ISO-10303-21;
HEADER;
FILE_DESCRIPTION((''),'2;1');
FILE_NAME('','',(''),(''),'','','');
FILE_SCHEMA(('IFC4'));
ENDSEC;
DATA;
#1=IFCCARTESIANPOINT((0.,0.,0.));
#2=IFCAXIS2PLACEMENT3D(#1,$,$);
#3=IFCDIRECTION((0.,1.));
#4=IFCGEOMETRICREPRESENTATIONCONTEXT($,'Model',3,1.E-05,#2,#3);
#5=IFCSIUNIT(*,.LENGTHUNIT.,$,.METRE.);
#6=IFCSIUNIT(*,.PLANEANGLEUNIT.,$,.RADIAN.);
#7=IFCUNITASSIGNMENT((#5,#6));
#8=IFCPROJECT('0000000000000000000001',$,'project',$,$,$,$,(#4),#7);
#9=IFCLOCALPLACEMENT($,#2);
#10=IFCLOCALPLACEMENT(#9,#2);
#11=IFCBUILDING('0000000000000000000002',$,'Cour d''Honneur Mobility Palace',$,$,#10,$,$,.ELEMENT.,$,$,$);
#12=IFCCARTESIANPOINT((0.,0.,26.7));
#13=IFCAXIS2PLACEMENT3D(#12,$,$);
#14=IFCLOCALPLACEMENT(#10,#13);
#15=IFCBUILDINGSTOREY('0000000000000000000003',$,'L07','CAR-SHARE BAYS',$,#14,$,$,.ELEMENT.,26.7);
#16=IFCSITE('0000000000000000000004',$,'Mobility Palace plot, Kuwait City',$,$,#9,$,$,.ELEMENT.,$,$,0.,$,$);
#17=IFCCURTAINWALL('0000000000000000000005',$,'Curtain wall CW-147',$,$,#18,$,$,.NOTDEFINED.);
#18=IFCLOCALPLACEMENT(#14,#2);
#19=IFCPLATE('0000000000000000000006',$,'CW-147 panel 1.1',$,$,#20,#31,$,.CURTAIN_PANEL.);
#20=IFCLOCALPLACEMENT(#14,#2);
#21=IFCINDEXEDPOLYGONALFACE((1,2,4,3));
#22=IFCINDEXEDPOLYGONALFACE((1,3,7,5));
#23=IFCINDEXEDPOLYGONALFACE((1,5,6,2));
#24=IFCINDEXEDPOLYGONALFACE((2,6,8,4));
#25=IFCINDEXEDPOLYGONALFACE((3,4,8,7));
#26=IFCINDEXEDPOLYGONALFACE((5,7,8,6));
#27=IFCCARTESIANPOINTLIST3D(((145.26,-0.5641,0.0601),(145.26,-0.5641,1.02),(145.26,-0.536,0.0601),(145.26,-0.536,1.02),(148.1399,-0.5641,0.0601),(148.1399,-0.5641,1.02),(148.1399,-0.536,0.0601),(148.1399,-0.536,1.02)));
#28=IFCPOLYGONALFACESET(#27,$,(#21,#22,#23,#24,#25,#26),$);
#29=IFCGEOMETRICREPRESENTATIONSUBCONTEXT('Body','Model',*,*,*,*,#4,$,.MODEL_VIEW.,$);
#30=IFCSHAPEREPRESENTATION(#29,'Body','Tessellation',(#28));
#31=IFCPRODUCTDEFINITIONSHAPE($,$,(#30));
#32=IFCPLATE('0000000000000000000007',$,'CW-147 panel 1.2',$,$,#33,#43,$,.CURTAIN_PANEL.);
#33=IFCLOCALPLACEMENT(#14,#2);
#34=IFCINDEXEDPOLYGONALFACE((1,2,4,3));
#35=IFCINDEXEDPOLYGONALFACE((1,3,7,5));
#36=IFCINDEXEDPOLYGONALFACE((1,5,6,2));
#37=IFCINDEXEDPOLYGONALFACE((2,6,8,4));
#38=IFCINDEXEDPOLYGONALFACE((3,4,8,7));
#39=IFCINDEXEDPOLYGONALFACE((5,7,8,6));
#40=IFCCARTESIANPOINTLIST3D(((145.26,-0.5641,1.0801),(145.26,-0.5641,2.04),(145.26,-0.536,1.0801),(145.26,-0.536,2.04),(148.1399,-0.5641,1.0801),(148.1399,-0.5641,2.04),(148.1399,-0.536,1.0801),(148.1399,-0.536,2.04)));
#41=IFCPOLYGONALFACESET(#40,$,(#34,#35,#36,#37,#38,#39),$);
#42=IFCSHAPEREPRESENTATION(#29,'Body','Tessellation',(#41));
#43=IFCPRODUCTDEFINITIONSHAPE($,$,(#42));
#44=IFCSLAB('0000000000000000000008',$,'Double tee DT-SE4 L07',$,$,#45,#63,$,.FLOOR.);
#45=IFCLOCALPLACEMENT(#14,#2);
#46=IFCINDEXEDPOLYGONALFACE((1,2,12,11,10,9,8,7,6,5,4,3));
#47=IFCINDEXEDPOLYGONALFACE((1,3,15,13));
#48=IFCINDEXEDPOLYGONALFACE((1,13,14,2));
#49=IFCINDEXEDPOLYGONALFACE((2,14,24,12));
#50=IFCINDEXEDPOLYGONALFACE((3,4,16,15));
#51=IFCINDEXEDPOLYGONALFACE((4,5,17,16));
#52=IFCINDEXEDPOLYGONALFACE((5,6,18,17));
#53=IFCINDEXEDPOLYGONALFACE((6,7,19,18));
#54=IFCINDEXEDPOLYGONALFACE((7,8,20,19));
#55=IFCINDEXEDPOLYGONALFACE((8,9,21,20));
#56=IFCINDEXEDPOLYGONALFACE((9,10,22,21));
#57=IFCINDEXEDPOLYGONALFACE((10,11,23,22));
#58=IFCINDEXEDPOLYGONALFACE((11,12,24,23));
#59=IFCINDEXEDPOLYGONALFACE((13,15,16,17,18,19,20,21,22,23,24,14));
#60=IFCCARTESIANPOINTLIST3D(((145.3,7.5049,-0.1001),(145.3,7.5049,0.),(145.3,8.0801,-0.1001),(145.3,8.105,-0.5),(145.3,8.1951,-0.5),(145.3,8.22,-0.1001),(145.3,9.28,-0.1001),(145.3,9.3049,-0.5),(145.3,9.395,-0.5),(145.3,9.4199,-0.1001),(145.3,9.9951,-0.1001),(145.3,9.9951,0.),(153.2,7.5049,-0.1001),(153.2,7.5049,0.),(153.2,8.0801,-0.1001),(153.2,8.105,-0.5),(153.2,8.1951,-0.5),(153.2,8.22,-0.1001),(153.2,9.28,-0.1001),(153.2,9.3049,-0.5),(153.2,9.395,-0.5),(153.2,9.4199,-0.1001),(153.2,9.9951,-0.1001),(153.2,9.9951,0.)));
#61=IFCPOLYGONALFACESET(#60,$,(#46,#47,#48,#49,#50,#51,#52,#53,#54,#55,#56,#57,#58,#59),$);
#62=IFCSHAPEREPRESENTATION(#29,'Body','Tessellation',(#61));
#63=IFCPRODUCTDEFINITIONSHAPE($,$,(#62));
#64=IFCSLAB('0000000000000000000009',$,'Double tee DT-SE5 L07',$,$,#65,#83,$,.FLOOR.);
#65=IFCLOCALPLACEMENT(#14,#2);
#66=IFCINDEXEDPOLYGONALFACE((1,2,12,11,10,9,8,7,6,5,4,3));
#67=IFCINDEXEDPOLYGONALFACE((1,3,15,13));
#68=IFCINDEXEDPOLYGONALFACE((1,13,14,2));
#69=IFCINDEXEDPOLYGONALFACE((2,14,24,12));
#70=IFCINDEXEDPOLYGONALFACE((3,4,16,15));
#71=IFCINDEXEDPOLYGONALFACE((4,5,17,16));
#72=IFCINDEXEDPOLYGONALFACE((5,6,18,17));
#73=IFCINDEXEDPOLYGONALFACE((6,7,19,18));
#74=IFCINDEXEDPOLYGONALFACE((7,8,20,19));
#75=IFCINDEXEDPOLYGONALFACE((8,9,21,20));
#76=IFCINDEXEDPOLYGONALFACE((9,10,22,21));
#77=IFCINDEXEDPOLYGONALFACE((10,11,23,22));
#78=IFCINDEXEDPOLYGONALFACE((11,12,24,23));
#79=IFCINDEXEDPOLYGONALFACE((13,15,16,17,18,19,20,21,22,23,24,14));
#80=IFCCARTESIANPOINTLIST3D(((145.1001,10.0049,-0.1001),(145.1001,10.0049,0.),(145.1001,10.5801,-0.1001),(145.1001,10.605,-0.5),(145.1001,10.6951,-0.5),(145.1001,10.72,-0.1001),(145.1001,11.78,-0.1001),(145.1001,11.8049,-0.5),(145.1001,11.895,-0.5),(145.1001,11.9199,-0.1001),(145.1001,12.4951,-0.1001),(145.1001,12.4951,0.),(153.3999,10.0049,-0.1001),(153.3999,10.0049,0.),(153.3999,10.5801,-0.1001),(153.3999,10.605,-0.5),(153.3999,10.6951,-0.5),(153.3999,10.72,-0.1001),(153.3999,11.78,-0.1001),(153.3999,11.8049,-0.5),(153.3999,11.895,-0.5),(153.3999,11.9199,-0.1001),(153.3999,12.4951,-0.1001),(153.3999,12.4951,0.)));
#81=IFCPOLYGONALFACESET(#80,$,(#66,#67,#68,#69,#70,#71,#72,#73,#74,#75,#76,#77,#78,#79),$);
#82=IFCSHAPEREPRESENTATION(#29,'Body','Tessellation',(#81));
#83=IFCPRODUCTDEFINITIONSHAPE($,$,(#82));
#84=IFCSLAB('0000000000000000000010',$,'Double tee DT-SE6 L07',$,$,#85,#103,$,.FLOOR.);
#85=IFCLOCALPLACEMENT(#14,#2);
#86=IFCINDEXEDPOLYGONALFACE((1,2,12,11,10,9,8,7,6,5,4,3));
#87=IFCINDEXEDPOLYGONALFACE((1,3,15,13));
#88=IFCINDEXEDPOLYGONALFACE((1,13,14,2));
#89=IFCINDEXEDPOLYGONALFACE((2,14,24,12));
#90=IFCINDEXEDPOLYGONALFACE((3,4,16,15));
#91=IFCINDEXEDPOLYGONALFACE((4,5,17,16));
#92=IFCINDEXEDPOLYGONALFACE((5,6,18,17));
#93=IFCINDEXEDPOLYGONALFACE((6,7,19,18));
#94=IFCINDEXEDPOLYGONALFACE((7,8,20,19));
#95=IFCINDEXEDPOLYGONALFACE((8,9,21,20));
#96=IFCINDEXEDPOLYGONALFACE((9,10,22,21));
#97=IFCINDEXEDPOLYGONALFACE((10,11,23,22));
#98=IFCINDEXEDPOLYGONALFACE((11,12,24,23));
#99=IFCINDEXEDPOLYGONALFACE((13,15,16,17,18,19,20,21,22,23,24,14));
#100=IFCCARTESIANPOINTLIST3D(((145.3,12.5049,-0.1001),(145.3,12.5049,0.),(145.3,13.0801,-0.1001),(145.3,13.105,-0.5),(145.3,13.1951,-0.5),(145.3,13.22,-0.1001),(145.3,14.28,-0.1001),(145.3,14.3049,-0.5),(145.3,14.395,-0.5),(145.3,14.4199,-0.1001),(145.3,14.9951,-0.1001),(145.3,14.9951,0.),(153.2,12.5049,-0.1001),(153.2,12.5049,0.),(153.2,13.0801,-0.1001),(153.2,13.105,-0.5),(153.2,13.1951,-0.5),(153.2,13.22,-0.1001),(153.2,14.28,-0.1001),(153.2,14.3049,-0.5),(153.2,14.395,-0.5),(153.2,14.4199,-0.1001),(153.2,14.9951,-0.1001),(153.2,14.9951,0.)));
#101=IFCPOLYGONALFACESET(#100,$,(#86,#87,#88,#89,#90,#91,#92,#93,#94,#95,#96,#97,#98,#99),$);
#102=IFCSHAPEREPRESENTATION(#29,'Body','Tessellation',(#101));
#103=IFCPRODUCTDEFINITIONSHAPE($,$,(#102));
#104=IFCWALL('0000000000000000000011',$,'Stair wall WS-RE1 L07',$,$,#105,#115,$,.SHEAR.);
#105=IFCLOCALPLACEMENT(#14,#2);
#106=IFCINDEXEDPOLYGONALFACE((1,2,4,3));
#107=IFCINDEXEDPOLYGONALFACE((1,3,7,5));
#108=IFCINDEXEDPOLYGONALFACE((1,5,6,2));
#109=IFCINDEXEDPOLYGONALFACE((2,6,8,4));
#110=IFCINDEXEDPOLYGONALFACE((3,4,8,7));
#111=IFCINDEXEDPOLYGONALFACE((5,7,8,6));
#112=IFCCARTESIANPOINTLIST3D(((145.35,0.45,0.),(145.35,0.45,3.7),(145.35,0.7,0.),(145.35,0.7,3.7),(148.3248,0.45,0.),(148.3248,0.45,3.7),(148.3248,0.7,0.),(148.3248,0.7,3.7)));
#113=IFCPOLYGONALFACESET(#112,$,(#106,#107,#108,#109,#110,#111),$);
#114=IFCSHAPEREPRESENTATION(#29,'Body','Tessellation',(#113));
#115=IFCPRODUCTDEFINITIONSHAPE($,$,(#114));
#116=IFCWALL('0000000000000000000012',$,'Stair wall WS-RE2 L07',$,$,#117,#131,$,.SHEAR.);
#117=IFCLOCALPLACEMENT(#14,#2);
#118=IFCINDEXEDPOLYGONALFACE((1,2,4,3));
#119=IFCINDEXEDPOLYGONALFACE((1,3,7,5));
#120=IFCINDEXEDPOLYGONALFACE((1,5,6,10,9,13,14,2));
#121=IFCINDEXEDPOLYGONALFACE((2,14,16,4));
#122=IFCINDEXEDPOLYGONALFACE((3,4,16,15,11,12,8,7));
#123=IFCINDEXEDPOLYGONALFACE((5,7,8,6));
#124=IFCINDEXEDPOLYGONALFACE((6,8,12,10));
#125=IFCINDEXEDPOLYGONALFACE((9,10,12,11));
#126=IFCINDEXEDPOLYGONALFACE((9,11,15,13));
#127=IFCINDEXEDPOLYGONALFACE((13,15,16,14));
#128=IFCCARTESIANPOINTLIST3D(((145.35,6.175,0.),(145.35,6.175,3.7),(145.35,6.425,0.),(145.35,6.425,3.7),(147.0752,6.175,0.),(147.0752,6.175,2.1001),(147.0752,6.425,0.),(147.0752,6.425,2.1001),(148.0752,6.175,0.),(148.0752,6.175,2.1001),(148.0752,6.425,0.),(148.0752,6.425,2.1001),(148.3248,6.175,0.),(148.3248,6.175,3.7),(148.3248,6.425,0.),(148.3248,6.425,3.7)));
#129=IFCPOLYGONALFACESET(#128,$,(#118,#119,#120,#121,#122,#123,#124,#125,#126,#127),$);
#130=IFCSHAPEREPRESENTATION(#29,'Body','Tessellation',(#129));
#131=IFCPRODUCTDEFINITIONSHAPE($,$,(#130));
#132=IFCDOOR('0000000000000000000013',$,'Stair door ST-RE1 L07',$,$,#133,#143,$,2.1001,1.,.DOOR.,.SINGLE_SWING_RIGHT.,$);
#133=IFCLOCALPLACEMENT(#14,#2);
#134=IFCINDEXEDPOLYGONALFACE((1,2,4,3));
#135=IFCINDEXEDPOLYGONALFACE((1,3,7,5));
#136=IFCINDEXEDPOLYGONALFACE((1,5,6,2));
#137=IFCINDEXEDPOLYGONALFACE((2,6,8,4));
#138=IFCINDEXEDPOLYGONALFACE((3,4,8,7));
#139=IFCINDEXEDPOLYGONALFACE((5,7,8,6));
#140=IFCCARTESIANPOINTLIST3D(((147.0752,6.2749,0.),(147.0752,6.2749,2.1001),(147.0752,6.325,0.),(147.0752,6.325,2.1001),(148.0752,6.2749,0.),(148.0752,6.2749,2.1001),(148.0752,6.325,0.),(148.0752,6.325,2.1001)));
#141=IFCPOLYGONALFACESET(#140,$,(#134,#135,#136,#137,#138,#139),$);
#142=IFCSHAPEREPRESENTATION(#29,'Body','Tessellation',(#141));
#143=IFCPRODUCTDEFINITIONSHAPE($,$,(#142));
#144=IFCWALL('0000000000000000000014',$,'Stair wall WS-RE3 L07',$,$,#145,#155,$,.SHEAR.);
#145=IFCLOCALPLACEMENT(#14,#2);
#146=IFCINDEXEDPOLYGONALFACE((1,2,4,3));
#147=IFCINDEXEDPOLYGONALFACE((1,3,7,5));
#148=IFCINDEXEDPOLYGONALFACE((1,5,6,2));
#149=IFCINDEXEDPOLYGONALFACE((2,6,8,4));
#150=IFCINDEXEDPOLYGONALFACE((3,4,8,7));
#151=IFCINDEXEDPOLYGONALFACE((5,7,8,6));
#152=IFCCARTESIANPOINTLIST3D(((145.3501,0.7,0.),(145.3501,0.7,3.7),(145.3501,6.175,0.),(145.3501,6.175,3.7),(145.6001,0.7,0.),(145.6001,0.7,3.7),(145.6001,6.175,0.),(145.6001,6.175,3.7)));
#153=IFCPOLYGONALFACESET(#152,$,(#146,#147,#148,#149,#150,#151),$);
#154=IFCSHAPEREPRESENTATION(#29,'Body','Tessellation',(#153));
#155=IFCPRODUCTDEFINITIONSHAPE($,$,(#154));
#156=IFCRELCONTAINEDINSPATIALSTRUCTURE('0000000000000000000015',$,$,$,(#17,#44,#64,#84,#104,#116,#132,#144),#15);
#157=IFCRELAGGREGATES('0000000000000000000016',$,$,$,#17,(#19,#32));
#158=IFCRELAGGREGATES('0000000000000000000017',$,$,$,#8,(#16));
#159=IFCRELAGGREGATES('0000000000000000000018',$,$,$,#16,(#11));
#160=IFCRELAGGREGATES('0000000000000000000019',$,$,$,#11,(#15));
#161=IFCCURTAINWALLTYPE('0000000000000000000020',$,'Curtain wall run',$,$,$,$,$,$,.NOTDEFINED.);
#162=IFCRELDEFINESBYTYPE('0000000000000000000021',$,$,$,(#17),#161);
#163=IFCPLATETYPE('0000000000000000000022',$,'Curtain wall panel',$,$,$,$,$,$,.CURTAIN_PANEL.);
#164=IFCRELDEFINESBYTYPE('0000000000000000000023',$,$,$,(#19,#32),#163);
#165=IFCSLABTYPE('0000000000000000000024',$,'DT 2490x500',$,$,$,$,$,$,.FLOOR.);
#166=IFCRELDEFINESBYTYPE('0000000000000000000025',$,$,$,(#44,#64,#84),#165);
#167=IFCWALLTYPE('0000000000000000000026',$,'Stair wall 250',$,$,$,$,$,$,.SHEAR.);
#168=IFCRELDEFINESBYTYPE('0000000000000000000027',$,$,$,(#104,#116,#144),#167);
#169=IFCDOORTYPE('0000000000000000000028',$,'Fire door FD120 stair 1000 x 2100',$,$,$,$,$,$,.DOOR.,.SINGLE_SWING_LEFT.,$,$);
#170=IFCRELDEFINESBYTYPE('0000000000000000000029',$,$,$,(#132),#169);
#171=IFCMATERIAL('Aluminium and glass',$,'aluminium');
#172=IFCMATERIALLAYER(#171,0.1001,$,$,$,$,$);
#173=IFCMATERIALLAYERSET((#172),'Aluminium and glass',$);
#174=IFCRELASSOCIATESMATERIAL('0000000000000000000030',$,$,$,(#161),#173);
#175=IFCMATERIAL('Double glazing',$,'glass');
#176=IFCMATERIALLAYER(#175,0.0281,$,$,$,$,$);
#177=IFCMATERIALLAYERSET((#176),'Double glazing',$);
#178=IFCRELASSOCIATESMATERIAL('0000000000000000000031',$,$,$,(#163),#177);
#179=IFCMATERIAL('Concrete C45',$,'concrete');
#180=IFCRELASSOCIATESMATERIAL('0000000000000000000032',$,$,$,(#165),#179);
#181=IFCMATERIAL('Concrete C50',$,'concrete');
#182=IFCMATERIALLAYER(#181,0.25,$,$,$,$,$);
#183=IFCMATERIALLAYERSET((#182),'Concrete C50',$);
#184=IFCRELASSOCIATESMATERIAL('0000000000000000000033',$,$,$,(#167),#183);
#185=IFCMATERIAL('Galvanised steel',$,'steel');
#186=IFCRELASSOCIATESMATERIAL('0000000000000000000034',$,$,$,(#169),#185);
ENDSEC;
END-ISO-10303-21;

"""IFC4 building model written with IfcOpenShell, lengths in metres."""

from ifc_helpers import new_model, si_unit, direction, frame, frame_2d, origin, origin_2d, place, context, subcontext, project, spatial, polyline, rectangle, outline, extrude, material, layer, layer_set, material_profile, profile_set, type_object, element, fill, aggregate, save


model = new_model("IFC4")

# Units and contexts
model_context = context("Model", 3, precision=1e-05, world=origin(), true_north=direction((0.0, 1.0)))
body_context = subcontext(model_context, "Body", "Model", "MODEL_VIEW")
ifc_project = project(units=[si_unit("LENGTHUNIT", "METRE"), si_unit("PLANEANGLEUNIT", "RADIAN")], contexts=[model_context])

# Site, building, storey
site_placement = place(None, origin())
site = spatial("IfcSite", under=ifc_project, at=site_placement, Name="Mobility Palace plot, Kuwait City", CompositionType="ELEMENT", RefElevation=0.0)
building_placement = place(site_placement, origin())
building = spatial("IfcBuilding", under=site, at=building_placement, Name="Cour d'Honneur Mobility Palace", CompositionType="ELEMENT")
storey_placement = place(building_placement, frame((0.0, 0.0, 26.7)))
storey = spatial("IfcBuildingStorey", under=building, at=storey_placement, Name="L07", Description="CAR-SHARE BAYS", CompositionType="ELEMENT", Elevation=26.7)

# Curtain wall
ifc_material_1 = material(Name="Aluminium and glass", Category="aluminium")
ifc_layer_1 = layer(ifc_material_1, 0.1001)
ifc_layer_set_1 = layer_set([ifc_layer_1], Name="Aluminium and glass")
curtain_wall_type = type_object("IfcCurtainWallType", Name="Curtain wall run", PredefinedType="NOTDEFINED", material=ifc_layer_set_1)
curtain_wall_placement = place(storey_placement, origin())
curtain_wall = element("IfcCurtainWall", 1, at=curtain_wall_placement, inside=storey, type_object=curtain_wall_type, Name="Curtain wall CW-147", PredefinedType="NOTDEFINED")

# Plates
ifc_material_2 = material(Name="Double glazing", Category="glass")
ifc_layer_2 = layer(ifc_material_2, 0.0281)
ifc_layer_set_2 = layer_set([ifc_layer_2], Name="Double glazing")
plate_type = type_object("IfcPlateType", Name="Curtain wall panel", PredefinedType="CURTAIN_PANEL", material=ifc_layer_set_2)
plate_1_placement = place(storey_placement, frame((146.7, -0.55, 0.0601), z_axis=(0.0, 0.0, 1.0), x_axis=(1.0, 0.0, 0.0)))
plate_1 = element("IfcPlate", 2, at=plate_1_placement, type_object=plate_type, Name="CW-147 panel 1.1", PredefinedType="CURTAIN_PANEL", context=body_context, shape_type="SweptSolid", body=[
    extrude(rectangle(XDim=2.8799, YDim=0.0281, at=origin_2d()), origin(), (0.0, 0.0, 1.0), 0.96),
])
plate_2_placement = place(storey_placement, frame((146.7, -0.55, 1.0801), z_axis=(0.0, 0.0, 1.0), x_axis=(1.0, 0.0, 0.0)))
plate_2 = element("IfcPlate", 3, at=plate_2_placement, type_object=plate_type, Name="CW-147 panel 1.2", PredefinedType="CURTAIN_PANEL", context=body_context, shape_type="SweptSolid", body=[
    extrude(rectangle(XDim=2.8799, YDim=0.0281, at=origin_2d()), origin(), (0.0, 0.0, 1.0), 0.96),
])
aggregate(curtain_wall, [plate_1, plate_2])

# Slabs
ifc_material_3 = material(Name="Concrete C45", Category="concrete")
ifc_material_profile_1 = material_profile(ifc_material_3, outline(polyline([(-1.2451, 0.0), (1.2451, 0.0), (1.2451, -0.1001), (0.6699, -0.1001), (0.645, -0.5), (0.5549, -0.5), (0.53, -0.1001), (-0.53, -0.1001), (-0.5549, -0.5), (-0.645, -0.5), (-0.6699, -0.1001), (-1.2451, -0.1001), (-1.2451, 0.0)])), Name="DT 2490x500")
ifc_profile_set_1 = profile_set([ifc_material_profile_1], Name="Concrete C45")
slab_type = type_object("IfcSlabType", Name="DT 2490x500", PredefinedType="FLOOR", material=ifc_profile_set_1)
slab_1_placement = place(storey_placement, frame((145.3, 8.75, 0.0), z_axis=(1.0, 0.0, 0.0), x_axis=(0.0, 1.0, 0.0)))
element("IfcSlab", 4, at=slab_1_placement, inside=storey, type_object=slab_type, Name="Double tee DT-SE4 L07", PredefinedType="FLOOR", context=body_context, shape_type="SweptSolid", body=[
    extrude(outline(polyline([(-1.2451, 0.0), (1.2451, 0.0), (1.2451, -0.1001), (0.6699, -0.1001), (0.645, -0.5), (0.5549, -0.5), (0.53, -0.1001), (-0.53, -0.1001), (-0.5549, -0.5), (-0.645, -0.5), (-0.6699, -0.1001), (-1.2451, -0.1001), (-1.2451, 0.0)])), origin(), (0.0, 0.0, 1.0), 7.8999),
])
slab_2_placement = place(storey_placement, frame((145.1001, 11.25, 0.0), z_axis=(1.0, 0.0, 0.0), x_axis=(0.0, 1.0, 0.0)))
element("IfcSlab", 5, at=slab_2_placement, inside=storey, type_object=slab_type, Name="Double tee DT-SE5 L07", PredefinedType="FLOOR", context=body_context, shape_type="SweptSolid", body=[
    extrude(outline(polyline([(-1.2451, 0.0), (1.2451, 0.0), (1.2451, -0.1001), (0.6699, -0.1001), (0.645, -0.5), (0.5549, -0.5), (0.53, -0.1001), (-0.53, -0.1001), (-0.5549, -0.5), (-0.645, -0.5), (-0.6699, -0.1001), (-1.2451, -0.1001), (-1.2451, 0.0)])), origin(), (0.0, 0.0, 1.0), 8.2998),
])
slab_3_placement = place(storey_placement, frame((145.3, 13.75, 0.0), z_axis=(1.0, 0.0, 0.0), x_axis=(0.0, 1.0, 0.0)))
element("IfcSlab", 6, at=slab_3_placement, inside=storey, type_object=slab_type, Name="Double tee DT-SE6 L07", PredefinedType="FLOOR", context=body_context, shape_type="SweptSolid", body=[
    extrude(outline(polyline([(-1.2451, 0.0), (1.2451, 0.0), (1.2451, -0.1001), (0.6699, -0.1001), (0.645, -0.5), (0.5549, -0.5), (0.53, -0.1001), (-0.53, -0.1001), (-0.5549, -0.5), (-0.645, -0.5), (-0.6699, -0.1001), (-1.2451, -0.1001), (-1.2451, 0.0)])), origin(), (0.0, 0.0, 1.0), 7.8999),
])

# Wall
ifc_material_4 = material(Name="Concrete C50", Category="concrete")
ifc_layer_3 = layer(ifc_material_4, 0.25)
ifc_layer_set_3 = layer_set([ifc_layer_3], Name="Concrete C50")
wall_type = type_object("IfcWallType", Name="Stair wall 250", PredefinedType="SHEAR", material=ifc_layer_set_3)
wall_1_placement = place(storey_placement, frame((145.3501, 0.575, 0.0), z_axis=(0.0, 0.0, 1.0), x_axis=(1.0, 0.0, 0.0)))
element("IfcWall", 7, at=wall_1_placement, inside=storey, type_object=wall_type, Name="Stair wall WS-RE1 L07", PredefinedType="SHEAR", context=body_context, shape_type="SweptSolid", body=[
    extrude(rectangle(XDim=2.9749, YDim=0.25, at=frame_2d((1.4873, 0.0))), origin(), (0.0, 0.0, 1.0), 3.7),
])

# Wall, opening, door
wall_2_placement = place(storey_placement, frame((145.3501, 6.3, 0.0), z_axis=(0.0, 0.0, 1.0), x_axis=(1.0, 0.0, 0.0)))
wall_2 = element("IfcWall", 8, at=wall_2_placement, inside=storey, type_object=wall_type, Name="Stair wall WS-RE2 L07", PredefinedType="SHEAR", context=body_context, shape_type="SweptSolid", body=[
    extrude(rectangle(XDim=2.9749, YDim=0.25, at=frame_2d((1.4873, 0.0))), origin(), (0.0, 0.0, 1.0), 3.7),
])
opening_placement = place(wall_2_placement, frame((1.7251, 0.0, 0.0)))
opening = element("IfcOpeningElement", 9, at=opening_placement, cuts=wall_2, PredefinedType="OPENING", context=body_context, shape_type="SweptSolid", body=[
    extrude(rectangle(XDim=1.0, YDim=2.1001, at=frame_2d((0.5, 1.05))), frame((0.0, 0.135, 0.0), z_axis=(0.0, -1.0, 0.0), x_axis=(1.0, 0.0, 0.0)), (0.0, 0.0, 1.0), 0.27),
])
ifc_material_5 = material(Name="Galvanised steel", Category="steel")
door_type = type_object("IfcDoorType", Name="Fire door FD120 stair 1000 x 2100", OperationType="SINGLE_SWING_LEFT", PredefinedType="DOOR", material=ifc_material_5)
door_placement = place(opening_placement, origin())
door = element("IfcDoor", 10, at=door_placement, inside=storey, type_object=door_type, Name="Stair door ST-RE1 L07", OperationType="SINGLE_SWING_RIGHT", OverallHeight=2.1001, OverallWidth=1.0, PredefinedType="DOOR", context=body_context, shape_type="SweptSolid", body=[
    extrude(rectangle(XDim=1.0, YDim=2.1001, at=frame_2d((0.5, 1.05))), frame((0.0, 0.0249, 0.0), z_axis=(0.0, -1.0, 0.0), x_axis=(1.0, 0.0, 0.0)), (0.0, 0.0, 1.0), 0.05),
])
fill(opening, door)

# Wall
wall_3_placement = place(storey_placement, frame((145.4751, 0.7, 0.0), z_axis=(0.0, 0.0, 1.0), x_axis=(0.0, 1.0, 0.0)))
element("IfcWall", 11, at=wall_3_placement, inside=storey, type_object=wall_type, Name="Stair wall WS-RE3 L07", PredefinedType="SHEAR", context=body_context, shape_type="SweptSolid", body=[
    extrude(rectangle(XDim=5.4751, YDim=0.25, at=frame_2d((2.7375, 0.0))), origin(), (0.0, 0.0, 1.0), 3.7),
])

save(model, "model.ifc")
